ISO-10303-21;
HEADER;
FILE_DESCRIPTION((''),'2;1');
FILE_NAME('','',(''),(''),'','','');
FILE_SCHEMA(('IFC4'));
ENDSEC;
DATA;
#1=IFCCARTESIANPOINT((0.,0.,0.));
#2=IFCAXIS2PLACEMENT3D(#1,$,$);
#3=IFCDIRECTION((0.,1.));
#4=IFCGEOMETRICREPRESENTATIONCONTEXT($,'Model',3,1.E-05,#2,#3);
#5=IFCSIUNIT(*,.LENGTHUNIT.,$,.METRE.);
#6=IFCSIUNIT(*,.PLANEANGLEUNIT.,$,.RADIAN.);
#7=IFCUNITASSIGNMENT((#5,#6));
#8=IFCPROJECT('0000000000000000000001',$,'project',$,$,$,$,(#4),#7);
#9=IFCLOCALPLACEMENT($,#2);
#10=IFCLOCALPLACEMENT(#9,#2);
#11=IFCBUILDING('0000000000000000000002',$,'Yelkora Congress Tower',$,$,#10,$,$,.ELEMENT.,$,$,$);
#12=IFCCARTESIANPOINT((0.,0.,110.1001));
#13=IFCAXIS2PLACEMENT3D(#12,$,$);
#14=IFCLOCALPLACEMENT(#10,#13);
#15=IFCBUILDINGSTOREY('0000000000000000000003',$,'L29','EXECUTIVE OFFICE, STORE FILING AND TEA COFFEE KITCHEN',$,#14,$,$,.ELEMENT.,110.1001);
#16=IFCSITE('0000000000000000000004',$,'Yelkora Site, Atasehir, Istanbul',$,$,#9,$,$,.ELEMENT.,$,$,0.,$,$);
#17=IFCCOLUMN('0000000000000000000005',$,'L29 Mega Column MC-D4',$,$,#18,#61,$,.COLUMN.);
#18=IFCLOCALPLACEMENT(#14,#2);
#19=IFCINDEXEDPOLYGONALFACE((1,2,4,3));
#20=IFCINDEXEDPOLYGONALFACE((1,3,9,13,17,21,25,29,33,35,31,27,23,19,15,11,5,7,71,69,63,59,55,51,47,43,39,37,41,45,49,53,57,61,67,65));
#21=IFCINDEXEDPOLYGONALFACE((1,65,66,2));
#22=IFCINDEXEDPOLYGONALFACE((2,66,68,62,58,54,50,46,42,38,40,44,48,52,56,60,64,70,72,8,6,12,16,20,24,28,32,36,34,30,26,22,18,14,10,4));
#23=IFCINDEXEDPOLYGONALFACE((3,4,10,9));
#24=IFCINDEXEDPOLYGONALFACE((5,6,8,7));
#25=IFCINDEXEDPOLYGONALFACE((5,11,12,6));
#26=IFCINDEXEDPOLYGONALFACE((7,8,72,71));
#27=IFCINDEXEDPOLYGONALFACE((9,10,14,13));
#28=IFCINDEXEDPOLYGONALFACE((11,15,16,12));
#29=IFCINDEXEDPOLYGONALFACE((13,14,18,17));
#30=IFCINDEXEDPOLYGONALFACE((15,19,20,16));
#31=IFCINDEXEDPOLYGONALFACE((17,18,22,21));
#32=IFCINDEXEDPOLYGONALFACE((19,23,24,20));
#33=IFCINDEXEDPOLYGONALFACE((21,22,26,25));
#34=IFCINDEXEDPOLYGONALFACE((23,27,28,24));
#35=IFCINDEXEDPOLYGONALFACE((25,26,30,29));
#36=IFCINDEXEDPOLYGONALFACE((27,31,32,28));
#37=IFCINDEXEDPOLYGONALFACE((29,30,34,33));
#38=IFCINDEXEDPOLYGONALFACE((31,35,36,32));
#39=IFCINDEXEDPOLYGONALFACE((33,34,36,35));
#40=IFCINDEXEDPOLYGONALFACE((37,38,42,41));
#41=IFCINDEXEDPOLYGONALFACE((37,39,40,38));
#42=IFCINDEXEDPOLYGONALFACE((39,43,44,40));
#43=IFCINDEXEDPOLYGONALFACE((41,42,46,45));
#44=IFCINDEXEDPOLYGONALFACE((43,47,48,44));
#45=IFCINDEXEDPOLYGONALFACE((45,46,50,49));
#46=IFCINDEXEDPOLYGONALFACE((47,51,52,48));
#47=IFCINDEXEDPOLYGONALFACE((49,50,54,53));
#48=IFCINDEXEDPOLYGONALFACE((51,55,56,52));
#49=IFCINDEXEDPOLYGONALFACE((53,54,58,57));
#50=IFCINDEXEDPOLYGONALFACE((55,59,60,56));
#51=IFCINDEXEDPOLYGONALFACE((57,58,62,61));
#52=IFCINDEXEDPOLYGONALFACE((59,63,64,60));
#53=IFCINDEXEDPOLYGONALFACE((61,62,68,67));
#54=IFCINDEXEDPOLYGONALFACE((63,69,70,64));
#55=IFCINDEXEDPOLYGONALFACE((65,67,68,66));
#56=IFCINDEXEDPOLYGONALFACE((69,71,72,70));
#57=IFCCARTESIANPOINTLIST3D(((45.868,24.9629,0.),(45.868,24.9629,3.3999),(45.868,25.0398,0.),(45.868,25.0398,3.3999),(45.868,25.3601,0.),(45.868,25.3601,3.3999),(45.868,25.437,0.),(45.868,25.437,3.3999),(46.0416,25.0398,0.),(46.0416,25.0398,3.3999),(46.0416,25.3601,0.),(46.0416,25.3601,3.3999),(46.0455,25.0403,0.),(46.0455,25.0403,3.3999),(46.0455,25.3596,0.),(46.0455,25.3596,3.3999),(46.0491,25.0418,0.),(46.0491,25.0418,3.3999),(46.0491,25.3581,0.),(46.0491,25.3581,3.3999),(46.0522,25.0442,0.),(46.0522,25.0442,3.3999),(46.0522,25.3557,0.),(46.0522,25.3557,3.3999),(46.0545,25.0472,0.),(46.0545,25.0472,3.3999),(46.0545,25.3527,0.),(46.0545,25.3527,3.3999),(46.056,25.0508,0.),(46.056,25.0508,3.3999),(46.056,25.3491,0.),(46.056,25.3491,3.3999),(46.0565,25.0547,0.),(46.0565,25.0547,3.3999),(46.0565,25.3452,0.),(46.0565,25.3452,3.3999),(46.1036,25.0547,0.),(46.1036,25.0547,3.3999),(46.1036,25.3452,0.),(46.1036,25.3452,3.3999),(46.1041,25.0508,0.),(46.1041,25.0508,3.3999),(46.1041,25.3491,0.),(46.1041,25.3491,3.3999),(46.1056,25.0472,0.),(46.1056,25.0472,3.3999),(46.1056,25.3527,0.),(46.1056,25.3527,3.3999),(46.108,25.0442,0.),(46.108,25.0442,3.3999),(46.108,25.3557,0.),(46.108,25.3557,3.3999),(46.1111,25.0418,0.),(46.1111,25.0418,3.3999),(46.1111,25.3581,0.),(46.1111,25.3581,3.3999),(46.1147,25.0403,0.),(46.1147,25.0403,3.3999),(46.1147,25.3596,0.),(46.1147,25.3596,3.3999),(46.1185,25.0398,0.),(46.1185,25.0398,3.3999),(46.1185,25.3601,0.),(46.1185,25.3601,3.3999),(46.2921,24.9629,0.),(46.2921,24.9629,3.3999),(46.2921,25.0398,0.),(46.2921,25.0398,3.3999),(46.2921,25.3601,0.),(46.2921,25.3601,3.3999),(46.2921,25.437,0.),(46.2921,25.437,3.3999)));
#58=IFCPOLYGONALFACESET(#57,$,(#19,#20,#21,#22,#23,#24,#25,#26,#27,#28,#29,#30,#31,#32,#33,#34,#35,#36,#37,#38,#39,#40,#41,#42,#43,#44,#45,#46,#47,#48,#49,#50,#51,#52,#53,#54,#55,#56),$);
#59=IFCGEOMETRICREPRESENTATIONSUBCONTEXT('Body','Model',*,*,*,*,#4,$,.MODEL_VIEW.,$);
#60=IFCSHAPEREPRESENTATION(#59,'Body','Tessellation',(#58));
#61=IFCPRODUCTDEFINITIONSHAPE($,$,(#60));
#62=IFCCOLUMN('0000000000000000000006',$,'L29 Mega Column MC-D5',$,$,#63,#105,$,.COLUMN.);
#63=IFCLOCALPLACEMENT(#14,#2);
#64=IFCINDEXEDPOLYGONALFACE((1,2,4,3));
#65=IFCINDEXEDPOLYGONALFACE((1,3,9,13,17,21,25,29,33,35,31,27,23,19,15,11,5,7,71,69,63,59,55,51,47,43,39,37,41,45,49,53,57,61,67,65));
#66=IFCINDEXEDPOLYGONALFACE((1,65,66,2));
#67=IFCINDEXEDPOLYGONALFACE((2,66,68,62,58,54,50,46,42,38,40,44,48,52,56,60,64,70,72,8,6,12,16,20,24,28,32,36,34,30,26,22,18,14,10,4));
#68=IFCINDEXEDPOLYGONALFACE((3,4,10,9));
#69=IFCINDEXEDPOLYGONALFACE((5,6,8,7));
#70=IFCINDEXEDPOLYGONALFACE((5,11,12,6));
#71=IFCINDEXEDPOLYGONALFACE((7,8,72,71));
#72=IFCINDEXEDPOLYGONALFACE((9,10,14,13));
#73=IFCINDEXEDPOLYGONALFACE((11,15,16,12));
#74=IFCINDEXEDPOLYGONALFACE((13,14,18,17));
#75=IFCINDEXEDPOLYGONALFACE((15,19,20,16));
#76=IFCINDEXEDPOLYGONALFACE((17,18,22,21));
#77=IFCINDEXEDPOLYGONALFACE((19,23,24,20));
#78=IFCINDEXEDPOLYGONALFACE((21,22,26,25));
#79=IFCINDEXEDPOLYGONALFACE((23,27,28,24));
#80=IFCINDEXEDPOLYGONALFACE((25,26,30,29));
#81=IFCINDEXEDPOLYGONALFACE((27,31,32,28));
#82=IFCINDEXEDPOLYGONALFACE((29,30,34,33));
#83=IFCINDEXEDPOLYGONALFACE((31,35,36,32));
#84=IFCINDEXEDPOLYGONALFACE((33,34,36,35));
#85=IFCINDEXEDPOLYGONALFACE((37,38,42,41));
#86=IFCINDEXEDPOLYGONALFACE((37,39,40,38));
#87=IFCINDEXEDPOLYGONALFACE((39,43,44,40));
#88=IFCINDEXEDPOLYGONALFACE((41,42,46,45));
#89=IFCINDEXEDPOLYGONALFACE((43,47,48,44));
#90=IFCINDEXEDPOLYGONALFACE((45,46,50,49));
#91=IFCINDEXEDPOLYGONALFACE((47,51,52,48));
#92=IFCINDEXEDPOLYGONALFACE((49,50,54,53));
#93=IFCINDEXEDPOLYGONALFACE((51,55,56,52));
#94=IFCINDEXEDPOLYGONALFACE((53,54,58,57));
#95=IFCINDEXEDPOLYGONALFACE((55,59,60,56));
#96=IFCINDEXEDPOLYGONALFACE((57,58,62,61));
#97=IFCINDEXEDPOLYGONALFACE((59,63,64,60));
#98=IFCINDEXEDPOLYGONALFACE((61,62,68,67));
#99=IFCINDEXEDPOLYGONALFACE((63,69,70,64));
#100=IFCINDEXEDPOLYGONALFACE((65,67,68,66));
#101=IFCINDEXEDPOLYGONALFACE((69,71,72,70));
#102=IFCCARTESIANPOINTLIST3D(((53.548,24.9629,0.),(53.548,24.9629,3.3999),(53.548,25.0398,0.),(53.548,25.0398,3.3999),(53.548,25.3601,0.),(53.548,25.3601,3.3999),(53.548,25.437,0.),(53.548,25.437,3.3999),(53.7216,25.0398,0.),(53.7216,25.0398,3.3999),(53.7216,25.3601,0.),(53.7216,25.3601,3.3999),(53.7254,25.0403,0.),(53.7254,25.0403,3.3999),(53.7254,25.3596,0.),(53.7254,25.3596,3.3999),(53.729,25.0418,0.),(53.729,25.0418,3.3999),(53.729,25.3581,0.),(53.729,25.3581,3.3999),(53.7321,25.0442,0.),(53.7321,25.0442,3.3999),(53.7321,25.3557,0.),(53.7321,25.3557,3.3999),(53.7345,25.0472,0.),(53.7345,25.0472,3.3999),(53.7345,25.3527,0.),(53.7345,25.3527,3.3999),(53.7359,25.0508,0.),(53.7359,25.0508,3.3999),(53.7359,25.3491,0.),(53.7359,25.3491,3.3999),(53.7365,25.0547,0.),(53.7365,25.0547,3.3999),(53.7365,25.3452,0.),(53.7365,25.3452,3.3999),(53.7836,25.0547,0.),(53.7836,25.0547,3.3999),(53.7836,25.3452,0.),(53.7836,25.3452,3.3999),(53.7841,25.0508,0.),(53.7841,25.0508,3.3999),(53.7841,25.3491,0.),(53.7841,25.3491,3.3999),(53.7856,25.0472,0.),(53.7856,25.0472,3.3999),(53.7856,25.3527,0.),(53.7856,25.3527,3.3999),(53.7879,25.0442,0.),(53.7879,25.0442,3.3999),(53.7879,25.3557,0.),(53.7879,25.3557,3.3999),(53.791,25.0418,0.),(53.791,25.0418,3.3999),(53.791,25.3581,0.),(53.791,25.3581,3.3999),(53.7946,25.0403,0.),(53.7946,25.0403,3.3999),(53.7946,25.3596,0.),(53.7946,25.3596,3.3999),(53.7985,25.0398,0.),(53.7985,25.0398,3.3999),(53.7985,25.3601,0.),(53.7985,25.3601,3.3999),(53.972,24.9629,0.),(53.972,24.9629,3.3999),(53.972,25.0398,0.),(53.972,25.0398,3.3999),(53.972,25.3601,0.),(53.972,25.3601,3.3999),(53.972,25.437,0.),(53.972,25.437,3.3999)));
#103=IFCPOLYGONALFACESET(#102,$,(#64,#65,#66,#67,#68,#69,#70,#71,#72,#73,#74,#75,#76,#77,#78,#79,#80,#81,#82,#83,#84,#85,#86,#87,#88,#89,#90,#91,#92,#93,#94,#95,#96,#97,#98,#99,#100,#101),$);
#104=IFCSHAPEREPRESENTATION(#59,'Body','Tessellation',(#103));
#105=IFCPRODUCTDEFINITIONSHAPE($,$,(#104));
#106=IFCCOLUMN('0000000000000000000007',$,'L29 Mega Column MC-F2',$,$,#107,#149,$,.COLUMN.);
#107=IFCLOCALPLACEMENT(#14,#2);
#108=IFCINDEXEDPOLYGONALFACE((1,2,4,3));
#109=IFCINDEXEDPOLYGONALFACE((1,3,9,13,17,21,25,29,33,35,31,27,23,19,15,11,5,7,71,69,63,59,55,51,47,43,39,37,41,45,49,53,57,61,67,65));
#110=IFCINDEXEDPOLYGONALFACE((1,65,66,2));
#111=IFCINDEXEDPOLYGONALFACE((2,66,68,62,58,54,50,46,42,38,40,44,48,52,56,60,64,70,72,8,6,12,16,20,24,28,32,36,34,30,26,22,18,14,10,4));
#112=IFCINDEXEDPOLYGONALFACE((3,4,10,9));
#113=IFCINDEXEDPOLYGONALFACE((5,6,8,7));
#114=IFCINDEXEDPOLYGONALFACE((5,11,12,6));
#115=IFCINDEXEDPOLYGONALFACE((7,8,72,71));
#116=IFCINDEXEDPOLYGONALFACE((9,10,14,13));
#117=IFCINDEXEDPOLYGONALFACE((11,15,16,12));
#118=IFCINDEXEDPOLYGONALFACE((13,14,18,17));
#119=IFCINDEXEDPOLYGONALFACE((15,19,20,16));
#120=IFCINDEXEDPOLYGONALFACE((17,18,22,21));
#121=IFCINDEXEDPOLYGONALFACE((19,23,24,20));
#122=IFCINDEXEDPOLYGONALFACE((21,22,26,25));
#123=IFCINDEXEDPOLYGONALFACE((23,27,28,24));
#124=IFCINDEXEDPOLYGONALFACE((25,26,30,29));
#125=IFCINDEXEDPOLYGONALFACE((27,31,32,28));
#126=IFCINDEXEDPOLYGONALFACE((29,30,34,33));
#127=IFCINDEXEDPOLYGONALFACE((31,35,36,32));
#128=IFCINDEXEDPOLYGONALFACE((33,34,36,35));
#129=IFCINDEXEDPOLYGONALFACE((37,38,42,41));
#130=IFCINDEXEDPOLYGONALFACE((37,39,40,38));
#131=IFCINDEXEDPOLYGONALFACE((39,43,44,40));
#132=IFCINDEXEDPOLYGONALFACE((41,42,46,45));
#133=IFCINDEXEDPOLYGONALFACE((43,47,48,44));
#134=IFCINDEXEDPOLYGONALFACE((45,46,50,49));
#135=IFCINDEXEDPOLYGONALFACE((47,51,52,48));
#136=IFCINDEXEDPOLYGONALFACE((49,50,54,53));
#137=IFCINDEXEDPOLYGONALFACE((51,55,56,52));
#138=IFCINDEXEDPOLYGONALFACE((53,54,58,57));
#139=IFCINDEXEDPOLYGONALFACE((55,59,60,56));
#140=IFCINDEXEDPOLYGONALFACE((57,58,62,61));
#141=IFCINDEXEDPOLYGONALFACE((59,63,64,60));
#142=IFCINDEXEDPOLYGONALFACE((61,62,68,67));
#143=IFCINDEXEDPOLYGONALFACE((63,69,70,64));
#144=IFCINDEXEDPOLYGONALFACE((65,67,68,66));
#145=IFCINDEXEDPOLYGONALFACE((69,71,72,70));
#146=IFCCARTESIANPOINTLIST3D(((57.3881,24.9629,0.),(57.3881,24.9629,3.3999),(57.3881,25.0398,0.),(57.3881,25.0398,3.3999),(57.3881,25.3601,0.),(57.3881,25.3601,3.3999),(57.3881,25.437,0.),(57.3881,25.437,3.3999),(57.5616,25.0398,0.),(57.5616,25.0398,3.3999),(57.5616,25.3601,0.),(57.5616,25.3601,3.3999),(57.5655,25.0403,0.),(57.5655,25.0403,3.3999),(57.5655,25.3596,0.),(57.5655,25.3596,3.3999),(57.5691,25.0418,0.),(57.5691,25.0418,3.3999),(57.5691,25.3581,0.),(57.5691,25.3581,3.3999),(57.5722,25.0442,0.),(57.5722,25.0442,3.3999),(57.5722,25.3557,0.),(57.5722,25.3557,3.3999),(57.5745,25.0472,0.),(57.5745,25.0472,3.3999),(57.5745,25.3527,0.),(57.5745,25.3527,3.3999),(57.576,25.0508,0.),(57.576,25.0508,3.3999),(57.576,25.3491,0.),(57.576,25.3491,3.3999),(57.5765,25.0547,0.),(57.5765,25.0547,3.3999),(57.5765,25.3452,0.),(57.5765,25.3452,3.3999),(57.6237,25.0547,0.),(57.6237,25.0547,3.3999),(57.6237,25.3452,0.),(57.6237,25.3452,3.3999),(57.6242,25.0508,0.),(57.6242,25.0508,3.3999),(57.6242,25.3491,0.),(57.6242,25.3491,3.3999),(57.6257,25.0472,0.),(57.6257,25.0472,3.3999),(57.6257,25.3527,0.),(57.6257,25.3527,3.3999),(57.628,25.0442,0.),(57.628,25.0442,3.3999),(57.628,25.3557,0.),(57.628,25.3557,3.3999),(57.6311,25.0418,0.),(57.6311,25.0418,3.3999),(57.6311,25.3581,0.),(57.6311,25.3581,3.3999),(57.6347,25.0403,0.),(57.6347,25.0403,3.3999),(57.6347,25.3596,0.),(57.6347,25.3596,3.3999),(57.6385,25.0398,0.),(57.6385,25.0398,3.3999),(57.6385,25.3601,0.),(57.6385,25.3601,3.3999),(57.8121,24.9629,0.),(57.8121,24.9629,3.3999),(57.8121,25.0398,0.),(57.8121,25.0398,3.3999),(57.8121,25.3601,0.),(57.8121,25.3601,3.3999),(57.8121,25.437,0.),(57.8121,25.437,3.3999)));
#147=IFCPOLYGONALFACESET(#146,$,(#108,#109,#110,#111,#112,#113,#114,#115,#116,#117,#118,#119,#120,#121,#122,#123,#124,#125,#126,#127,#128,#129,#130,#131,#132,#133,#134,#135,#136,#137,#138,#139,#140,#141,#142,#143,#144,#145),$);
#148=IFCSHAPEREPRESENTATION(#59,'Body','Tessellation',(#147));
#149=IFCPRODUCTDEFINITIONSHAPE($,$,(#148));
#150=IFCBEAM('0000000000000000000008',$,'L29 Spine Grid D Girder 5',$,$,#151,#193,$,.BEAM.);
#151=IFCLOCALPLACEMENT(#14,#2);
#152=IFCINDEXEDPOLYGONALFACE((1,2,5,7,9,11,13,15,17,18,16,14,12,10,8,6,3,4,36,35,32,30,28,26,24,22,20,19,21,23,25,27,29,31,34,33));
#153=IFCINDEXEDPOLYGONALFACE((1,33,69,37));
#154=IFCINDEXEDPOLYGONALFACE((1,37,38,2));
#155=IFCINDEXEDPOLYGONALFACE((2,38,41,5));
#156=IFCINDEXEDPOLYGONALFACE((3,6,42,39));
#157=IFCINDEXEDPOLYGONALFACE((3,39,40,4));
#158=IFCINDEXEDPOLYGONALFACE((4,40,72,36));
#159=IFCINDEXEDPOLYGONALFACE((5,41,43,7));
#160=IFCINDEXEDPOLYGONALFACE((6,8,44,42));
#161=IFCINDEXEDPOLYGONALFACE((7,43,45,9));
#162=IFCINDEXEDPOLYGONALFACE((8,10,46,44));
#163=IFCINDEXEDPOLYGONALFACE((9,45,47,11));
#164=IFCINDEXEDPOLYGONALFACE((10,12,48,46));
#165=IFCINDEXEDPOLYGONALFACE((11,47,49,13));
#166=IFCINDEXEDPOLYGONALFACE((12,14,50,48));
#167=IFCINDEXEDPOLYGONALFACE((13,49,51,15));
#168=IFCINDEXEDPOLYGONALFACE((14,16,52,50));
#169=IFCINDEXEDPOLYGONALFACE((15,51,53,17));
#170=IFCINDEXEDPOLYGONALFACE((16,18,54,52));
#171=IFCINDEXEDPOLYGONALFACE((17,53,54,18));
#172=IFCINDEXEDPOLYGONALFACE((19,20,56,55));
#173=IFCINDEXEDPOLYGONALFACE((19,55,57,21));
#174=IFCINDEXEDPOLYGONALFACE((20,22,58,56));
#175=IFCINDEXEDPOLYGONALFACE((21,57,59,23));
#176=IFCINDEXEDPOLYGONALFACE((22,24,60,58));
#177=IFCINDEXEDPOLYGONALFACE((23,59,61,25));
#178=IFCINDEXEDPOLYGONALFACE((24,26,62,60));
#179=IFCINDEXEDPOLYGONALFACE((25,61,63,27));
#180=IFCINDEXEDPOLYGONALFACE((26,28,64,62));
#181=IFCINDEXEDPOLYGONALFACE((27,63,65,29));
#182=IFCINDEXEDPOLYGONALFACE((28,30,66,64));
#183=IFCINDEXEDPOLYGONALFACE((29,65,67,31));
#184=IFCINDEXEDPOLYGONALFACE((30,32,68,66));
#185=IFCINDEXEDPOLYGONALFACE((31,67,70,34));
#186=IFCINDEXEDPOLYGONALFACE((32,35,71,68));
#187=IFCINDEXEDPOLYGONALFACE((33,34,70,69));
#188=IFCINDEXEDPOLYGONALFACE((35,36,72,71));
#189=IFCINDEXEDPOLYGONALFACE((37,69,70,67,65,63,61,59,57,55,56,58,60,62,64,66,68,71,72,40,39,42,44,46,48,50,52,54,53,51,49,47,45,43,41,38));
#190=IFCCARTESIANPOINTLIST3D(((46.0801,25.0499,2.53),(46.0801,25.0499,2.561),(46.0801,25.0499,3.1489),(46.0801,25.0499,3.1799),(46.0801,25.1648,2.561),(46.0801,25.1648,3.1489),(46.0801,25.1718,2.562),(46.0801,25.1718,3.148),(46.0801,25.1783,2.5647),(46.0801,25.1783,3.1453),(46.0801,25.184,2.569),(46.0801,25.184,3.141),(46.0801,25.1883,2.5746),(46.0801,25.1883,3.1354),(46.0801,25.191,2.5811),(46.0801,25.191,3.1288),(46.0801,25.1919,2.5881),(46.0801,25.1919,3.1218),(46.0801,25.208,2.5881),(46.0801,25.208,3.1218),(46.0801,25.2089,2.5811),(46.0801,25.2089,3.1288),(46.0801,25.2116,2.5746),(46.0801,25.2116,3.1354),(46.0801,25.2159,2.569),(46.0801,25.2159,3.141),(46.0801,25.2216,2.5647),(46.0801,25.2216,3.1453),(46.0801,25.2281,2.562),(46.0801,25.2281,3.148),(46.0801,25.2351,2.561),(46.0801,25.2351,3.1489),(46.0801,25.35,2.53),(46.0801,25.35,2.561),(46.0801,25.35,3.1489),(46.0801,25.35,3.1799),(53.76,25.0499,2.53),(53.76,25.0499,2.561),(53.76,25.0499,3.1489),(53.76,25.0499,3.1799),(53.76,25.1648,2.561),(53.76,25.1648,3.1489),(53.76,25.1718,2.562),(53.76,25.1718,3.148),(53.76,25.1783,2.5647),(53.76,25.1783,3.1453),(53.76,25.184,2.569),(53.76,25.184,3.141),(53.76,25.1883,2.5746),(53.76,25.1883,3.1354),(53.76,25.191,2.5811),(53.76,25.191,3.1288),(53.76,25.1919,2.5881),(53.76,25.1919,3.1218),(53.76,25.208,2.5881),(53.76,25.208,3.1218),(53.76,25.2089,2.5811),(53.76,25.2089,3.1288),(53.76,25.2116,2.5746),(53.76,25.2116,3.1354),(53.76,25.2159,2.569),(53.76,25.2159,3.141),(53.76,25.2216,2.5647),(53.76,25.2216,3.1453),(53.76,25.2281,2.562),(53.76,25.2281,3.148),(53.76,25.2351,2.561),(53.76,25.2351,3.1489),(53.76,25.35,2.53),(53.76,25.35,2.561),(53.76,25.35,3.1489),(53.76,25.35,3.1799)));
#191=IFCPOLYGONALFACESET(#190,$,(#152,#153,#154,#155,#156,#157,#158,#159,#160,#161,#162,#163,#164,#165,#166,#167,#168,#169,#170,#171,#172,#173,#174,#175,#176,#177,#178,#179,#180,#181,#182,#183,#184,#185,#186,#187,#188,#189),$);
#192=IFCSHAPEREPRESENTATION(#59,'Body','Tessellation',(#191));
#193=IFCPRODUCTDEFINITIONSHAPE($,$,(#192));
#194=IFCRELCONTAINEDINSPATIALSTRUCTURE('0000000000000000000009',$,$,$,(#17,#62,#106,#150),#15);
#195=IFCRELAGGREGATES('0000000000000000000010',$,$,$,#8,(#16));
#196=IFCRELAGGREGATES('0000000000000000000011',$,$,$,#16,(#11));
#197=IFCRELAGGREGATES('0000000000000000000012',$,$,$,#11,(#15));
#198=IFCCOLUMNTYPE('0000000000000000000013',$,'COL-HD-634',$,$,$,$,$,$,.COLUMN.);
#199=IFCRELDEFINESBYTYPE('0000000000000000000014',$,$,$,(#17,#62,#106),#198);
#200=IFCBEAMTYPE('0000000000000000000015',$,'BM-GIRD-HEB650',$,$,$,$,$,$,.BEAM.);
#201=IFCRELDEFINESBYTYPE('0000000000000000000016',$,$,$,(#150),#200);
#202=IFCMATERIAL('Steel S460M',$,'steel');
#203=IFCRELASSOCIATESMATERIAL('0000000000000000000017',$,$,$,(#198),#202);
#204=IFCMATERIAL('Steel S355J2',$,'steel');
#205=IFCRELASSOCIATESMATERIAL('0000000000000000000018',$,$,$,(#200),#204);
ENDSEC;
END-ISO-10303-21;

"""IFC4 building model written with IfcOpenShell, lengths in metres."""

from ifc_helpers import new_model, si_unit, direction, frame, origin, origin_2d, place, context, subcontext, project, spatial, i_section, extrude, material, material_profile, profile_set, type_object, element, save


model = new_model("IFC4")

# Units and contexts
model_context = context("Model", 3, precision=1e-05, world=origin(), true_north=direction((0.0, 1.0)))
body_context = subcontext(model_context, "Body", "Model", "MODEL_VIEW")
ifc_project = project(units=[si_unit("LENGTHUNIT", "METRE"), si_unit("PLANEANGLEUNIT", "RADIAN")], contexts=[model_context])

# Site, building, storey
site_placement = place(None, origin())
site = spatial("IfcSite", under=ifc_project, at=site_placement, Name="Yelkora Site, Atasehir, Istanbul", CompositionType="ELEMENT", RefElevation=0.0)
building_placement = place(site_placement, origin())
building = spatial("IfcBuilding", under=site, at=building_placement, Name="Yelkora Congress Tower", CompositionType="ELEMENT")
storey_placement = place(building_placement, frame((0.0, 0.0, 110.1001)))
storey = spatial("IfcBuildingStorey", under=building, at=storey_placement, Name="L29", Description="EXECUTIVE OFFICE, STORE FILING AND TEA COFFEE KITCHEN", CompositionType="ELEMENT", Elevation=110.1001)

# Columns
ifc_material_1 = material(Name="Steel S460M", Category="steel")
ifc_material_profile_1 = material_profile(ifc_material_1, i_section(OverallWidth=0.4241, OverallDepth=0.4741, WebThickness=0.0471, FlangeThickness=0.0769, FilletRadius=0.0149, at=origin_2d()), Name="HD 400x634")
ifc_profile_set_1 = profile_set([ifc_material_profile_1], Name="Steel S460M")
column_type = type_object("IfcColumnType", Name="COL-HD-634", PredefinedType="COLUMN", material=ifc_profile_set_1)
for number, where, z_axis, x_axis, name in (
    (1, (46.0801, 25.2, 0.0), (0.0, 0.0, 1.0), (1.0, 0.0, 0.0), "L29 Mega Column MC-D4"),
    (2, (53.76, 25.2, 0.0), (0.0, 0.0, 1.0), (1.0, 0.0, 0.0), "L29 Mega Column MC-D5"),
    (3, (57.6001, 25.2, 0.0), (0.0, 0.0, 1.0), (1.0, 0.0, 0.0), "L29 Mega Column MC-F2"),
):
    element("IfcColumn", number, at=place(storey_placement, frame(where, z_axis=z_axis, x_axis=x_axis)), inside=storey, type_object=column_type, Name=name, PredefinedType="COLUMN", context=body_context, shape_type="SweptSolid", body=[
        extrude(i_section(OverallWidth=0.4241, OverallDepth=0.4741, WebThickness=0.0471, FlangeThickness=0.0769, FilletRadius=0.0149, at=origin_2d()), origin(), (0.0, 0.0, 1.0), 3.3999),
    ])

# Beam
ifc_material_2 = material(Name="Steel S355J2", Category="steel")
ifc_material_profile_2 = material_profile(ifc_material_2, i_section(OverallWidth=0.3, OverallDepth=0.6499, WebThickness=0.0161, FlangeThickness=0.031, FilletRadius=0.0271, at=origin_2d()), Name="HEB 650")
ifc_profile_set_2 = profile_set([ifc_material_profile_2], Name="Steel S355J2")
beam_type_1 = type_object("IfcBeamType", Name="BM-GIRD-HEB650", PredefinedType="BEAM", material=ifc_profile_set_2)
beam_1_placement = place(storey_placement, frame((46.0801, 25.2, 2.855), z_axis=(1.0, 0.0, 0.0), x_axis=(0.0, 1.0, 0.0)))
element("IfcBeam", 4, at=beam_1_placement, inside=storey, type_object=beam_type_1, Name="L29 Spine Grid D Girder 5", PredefinedType="BEAM", context=body_context, shape_type="SweptSolid", body=[
    extrude(i_section(OverallWidth=0.3, OverallDepth=0.6499, WebThickness=0.0161, FlangeThickness=0.031, FilletRadius=0.0271, at=origin_2d()), origin(), (0.0, 0.0, 1.0), 7.6799),
])

save(model, "model.ifc")
